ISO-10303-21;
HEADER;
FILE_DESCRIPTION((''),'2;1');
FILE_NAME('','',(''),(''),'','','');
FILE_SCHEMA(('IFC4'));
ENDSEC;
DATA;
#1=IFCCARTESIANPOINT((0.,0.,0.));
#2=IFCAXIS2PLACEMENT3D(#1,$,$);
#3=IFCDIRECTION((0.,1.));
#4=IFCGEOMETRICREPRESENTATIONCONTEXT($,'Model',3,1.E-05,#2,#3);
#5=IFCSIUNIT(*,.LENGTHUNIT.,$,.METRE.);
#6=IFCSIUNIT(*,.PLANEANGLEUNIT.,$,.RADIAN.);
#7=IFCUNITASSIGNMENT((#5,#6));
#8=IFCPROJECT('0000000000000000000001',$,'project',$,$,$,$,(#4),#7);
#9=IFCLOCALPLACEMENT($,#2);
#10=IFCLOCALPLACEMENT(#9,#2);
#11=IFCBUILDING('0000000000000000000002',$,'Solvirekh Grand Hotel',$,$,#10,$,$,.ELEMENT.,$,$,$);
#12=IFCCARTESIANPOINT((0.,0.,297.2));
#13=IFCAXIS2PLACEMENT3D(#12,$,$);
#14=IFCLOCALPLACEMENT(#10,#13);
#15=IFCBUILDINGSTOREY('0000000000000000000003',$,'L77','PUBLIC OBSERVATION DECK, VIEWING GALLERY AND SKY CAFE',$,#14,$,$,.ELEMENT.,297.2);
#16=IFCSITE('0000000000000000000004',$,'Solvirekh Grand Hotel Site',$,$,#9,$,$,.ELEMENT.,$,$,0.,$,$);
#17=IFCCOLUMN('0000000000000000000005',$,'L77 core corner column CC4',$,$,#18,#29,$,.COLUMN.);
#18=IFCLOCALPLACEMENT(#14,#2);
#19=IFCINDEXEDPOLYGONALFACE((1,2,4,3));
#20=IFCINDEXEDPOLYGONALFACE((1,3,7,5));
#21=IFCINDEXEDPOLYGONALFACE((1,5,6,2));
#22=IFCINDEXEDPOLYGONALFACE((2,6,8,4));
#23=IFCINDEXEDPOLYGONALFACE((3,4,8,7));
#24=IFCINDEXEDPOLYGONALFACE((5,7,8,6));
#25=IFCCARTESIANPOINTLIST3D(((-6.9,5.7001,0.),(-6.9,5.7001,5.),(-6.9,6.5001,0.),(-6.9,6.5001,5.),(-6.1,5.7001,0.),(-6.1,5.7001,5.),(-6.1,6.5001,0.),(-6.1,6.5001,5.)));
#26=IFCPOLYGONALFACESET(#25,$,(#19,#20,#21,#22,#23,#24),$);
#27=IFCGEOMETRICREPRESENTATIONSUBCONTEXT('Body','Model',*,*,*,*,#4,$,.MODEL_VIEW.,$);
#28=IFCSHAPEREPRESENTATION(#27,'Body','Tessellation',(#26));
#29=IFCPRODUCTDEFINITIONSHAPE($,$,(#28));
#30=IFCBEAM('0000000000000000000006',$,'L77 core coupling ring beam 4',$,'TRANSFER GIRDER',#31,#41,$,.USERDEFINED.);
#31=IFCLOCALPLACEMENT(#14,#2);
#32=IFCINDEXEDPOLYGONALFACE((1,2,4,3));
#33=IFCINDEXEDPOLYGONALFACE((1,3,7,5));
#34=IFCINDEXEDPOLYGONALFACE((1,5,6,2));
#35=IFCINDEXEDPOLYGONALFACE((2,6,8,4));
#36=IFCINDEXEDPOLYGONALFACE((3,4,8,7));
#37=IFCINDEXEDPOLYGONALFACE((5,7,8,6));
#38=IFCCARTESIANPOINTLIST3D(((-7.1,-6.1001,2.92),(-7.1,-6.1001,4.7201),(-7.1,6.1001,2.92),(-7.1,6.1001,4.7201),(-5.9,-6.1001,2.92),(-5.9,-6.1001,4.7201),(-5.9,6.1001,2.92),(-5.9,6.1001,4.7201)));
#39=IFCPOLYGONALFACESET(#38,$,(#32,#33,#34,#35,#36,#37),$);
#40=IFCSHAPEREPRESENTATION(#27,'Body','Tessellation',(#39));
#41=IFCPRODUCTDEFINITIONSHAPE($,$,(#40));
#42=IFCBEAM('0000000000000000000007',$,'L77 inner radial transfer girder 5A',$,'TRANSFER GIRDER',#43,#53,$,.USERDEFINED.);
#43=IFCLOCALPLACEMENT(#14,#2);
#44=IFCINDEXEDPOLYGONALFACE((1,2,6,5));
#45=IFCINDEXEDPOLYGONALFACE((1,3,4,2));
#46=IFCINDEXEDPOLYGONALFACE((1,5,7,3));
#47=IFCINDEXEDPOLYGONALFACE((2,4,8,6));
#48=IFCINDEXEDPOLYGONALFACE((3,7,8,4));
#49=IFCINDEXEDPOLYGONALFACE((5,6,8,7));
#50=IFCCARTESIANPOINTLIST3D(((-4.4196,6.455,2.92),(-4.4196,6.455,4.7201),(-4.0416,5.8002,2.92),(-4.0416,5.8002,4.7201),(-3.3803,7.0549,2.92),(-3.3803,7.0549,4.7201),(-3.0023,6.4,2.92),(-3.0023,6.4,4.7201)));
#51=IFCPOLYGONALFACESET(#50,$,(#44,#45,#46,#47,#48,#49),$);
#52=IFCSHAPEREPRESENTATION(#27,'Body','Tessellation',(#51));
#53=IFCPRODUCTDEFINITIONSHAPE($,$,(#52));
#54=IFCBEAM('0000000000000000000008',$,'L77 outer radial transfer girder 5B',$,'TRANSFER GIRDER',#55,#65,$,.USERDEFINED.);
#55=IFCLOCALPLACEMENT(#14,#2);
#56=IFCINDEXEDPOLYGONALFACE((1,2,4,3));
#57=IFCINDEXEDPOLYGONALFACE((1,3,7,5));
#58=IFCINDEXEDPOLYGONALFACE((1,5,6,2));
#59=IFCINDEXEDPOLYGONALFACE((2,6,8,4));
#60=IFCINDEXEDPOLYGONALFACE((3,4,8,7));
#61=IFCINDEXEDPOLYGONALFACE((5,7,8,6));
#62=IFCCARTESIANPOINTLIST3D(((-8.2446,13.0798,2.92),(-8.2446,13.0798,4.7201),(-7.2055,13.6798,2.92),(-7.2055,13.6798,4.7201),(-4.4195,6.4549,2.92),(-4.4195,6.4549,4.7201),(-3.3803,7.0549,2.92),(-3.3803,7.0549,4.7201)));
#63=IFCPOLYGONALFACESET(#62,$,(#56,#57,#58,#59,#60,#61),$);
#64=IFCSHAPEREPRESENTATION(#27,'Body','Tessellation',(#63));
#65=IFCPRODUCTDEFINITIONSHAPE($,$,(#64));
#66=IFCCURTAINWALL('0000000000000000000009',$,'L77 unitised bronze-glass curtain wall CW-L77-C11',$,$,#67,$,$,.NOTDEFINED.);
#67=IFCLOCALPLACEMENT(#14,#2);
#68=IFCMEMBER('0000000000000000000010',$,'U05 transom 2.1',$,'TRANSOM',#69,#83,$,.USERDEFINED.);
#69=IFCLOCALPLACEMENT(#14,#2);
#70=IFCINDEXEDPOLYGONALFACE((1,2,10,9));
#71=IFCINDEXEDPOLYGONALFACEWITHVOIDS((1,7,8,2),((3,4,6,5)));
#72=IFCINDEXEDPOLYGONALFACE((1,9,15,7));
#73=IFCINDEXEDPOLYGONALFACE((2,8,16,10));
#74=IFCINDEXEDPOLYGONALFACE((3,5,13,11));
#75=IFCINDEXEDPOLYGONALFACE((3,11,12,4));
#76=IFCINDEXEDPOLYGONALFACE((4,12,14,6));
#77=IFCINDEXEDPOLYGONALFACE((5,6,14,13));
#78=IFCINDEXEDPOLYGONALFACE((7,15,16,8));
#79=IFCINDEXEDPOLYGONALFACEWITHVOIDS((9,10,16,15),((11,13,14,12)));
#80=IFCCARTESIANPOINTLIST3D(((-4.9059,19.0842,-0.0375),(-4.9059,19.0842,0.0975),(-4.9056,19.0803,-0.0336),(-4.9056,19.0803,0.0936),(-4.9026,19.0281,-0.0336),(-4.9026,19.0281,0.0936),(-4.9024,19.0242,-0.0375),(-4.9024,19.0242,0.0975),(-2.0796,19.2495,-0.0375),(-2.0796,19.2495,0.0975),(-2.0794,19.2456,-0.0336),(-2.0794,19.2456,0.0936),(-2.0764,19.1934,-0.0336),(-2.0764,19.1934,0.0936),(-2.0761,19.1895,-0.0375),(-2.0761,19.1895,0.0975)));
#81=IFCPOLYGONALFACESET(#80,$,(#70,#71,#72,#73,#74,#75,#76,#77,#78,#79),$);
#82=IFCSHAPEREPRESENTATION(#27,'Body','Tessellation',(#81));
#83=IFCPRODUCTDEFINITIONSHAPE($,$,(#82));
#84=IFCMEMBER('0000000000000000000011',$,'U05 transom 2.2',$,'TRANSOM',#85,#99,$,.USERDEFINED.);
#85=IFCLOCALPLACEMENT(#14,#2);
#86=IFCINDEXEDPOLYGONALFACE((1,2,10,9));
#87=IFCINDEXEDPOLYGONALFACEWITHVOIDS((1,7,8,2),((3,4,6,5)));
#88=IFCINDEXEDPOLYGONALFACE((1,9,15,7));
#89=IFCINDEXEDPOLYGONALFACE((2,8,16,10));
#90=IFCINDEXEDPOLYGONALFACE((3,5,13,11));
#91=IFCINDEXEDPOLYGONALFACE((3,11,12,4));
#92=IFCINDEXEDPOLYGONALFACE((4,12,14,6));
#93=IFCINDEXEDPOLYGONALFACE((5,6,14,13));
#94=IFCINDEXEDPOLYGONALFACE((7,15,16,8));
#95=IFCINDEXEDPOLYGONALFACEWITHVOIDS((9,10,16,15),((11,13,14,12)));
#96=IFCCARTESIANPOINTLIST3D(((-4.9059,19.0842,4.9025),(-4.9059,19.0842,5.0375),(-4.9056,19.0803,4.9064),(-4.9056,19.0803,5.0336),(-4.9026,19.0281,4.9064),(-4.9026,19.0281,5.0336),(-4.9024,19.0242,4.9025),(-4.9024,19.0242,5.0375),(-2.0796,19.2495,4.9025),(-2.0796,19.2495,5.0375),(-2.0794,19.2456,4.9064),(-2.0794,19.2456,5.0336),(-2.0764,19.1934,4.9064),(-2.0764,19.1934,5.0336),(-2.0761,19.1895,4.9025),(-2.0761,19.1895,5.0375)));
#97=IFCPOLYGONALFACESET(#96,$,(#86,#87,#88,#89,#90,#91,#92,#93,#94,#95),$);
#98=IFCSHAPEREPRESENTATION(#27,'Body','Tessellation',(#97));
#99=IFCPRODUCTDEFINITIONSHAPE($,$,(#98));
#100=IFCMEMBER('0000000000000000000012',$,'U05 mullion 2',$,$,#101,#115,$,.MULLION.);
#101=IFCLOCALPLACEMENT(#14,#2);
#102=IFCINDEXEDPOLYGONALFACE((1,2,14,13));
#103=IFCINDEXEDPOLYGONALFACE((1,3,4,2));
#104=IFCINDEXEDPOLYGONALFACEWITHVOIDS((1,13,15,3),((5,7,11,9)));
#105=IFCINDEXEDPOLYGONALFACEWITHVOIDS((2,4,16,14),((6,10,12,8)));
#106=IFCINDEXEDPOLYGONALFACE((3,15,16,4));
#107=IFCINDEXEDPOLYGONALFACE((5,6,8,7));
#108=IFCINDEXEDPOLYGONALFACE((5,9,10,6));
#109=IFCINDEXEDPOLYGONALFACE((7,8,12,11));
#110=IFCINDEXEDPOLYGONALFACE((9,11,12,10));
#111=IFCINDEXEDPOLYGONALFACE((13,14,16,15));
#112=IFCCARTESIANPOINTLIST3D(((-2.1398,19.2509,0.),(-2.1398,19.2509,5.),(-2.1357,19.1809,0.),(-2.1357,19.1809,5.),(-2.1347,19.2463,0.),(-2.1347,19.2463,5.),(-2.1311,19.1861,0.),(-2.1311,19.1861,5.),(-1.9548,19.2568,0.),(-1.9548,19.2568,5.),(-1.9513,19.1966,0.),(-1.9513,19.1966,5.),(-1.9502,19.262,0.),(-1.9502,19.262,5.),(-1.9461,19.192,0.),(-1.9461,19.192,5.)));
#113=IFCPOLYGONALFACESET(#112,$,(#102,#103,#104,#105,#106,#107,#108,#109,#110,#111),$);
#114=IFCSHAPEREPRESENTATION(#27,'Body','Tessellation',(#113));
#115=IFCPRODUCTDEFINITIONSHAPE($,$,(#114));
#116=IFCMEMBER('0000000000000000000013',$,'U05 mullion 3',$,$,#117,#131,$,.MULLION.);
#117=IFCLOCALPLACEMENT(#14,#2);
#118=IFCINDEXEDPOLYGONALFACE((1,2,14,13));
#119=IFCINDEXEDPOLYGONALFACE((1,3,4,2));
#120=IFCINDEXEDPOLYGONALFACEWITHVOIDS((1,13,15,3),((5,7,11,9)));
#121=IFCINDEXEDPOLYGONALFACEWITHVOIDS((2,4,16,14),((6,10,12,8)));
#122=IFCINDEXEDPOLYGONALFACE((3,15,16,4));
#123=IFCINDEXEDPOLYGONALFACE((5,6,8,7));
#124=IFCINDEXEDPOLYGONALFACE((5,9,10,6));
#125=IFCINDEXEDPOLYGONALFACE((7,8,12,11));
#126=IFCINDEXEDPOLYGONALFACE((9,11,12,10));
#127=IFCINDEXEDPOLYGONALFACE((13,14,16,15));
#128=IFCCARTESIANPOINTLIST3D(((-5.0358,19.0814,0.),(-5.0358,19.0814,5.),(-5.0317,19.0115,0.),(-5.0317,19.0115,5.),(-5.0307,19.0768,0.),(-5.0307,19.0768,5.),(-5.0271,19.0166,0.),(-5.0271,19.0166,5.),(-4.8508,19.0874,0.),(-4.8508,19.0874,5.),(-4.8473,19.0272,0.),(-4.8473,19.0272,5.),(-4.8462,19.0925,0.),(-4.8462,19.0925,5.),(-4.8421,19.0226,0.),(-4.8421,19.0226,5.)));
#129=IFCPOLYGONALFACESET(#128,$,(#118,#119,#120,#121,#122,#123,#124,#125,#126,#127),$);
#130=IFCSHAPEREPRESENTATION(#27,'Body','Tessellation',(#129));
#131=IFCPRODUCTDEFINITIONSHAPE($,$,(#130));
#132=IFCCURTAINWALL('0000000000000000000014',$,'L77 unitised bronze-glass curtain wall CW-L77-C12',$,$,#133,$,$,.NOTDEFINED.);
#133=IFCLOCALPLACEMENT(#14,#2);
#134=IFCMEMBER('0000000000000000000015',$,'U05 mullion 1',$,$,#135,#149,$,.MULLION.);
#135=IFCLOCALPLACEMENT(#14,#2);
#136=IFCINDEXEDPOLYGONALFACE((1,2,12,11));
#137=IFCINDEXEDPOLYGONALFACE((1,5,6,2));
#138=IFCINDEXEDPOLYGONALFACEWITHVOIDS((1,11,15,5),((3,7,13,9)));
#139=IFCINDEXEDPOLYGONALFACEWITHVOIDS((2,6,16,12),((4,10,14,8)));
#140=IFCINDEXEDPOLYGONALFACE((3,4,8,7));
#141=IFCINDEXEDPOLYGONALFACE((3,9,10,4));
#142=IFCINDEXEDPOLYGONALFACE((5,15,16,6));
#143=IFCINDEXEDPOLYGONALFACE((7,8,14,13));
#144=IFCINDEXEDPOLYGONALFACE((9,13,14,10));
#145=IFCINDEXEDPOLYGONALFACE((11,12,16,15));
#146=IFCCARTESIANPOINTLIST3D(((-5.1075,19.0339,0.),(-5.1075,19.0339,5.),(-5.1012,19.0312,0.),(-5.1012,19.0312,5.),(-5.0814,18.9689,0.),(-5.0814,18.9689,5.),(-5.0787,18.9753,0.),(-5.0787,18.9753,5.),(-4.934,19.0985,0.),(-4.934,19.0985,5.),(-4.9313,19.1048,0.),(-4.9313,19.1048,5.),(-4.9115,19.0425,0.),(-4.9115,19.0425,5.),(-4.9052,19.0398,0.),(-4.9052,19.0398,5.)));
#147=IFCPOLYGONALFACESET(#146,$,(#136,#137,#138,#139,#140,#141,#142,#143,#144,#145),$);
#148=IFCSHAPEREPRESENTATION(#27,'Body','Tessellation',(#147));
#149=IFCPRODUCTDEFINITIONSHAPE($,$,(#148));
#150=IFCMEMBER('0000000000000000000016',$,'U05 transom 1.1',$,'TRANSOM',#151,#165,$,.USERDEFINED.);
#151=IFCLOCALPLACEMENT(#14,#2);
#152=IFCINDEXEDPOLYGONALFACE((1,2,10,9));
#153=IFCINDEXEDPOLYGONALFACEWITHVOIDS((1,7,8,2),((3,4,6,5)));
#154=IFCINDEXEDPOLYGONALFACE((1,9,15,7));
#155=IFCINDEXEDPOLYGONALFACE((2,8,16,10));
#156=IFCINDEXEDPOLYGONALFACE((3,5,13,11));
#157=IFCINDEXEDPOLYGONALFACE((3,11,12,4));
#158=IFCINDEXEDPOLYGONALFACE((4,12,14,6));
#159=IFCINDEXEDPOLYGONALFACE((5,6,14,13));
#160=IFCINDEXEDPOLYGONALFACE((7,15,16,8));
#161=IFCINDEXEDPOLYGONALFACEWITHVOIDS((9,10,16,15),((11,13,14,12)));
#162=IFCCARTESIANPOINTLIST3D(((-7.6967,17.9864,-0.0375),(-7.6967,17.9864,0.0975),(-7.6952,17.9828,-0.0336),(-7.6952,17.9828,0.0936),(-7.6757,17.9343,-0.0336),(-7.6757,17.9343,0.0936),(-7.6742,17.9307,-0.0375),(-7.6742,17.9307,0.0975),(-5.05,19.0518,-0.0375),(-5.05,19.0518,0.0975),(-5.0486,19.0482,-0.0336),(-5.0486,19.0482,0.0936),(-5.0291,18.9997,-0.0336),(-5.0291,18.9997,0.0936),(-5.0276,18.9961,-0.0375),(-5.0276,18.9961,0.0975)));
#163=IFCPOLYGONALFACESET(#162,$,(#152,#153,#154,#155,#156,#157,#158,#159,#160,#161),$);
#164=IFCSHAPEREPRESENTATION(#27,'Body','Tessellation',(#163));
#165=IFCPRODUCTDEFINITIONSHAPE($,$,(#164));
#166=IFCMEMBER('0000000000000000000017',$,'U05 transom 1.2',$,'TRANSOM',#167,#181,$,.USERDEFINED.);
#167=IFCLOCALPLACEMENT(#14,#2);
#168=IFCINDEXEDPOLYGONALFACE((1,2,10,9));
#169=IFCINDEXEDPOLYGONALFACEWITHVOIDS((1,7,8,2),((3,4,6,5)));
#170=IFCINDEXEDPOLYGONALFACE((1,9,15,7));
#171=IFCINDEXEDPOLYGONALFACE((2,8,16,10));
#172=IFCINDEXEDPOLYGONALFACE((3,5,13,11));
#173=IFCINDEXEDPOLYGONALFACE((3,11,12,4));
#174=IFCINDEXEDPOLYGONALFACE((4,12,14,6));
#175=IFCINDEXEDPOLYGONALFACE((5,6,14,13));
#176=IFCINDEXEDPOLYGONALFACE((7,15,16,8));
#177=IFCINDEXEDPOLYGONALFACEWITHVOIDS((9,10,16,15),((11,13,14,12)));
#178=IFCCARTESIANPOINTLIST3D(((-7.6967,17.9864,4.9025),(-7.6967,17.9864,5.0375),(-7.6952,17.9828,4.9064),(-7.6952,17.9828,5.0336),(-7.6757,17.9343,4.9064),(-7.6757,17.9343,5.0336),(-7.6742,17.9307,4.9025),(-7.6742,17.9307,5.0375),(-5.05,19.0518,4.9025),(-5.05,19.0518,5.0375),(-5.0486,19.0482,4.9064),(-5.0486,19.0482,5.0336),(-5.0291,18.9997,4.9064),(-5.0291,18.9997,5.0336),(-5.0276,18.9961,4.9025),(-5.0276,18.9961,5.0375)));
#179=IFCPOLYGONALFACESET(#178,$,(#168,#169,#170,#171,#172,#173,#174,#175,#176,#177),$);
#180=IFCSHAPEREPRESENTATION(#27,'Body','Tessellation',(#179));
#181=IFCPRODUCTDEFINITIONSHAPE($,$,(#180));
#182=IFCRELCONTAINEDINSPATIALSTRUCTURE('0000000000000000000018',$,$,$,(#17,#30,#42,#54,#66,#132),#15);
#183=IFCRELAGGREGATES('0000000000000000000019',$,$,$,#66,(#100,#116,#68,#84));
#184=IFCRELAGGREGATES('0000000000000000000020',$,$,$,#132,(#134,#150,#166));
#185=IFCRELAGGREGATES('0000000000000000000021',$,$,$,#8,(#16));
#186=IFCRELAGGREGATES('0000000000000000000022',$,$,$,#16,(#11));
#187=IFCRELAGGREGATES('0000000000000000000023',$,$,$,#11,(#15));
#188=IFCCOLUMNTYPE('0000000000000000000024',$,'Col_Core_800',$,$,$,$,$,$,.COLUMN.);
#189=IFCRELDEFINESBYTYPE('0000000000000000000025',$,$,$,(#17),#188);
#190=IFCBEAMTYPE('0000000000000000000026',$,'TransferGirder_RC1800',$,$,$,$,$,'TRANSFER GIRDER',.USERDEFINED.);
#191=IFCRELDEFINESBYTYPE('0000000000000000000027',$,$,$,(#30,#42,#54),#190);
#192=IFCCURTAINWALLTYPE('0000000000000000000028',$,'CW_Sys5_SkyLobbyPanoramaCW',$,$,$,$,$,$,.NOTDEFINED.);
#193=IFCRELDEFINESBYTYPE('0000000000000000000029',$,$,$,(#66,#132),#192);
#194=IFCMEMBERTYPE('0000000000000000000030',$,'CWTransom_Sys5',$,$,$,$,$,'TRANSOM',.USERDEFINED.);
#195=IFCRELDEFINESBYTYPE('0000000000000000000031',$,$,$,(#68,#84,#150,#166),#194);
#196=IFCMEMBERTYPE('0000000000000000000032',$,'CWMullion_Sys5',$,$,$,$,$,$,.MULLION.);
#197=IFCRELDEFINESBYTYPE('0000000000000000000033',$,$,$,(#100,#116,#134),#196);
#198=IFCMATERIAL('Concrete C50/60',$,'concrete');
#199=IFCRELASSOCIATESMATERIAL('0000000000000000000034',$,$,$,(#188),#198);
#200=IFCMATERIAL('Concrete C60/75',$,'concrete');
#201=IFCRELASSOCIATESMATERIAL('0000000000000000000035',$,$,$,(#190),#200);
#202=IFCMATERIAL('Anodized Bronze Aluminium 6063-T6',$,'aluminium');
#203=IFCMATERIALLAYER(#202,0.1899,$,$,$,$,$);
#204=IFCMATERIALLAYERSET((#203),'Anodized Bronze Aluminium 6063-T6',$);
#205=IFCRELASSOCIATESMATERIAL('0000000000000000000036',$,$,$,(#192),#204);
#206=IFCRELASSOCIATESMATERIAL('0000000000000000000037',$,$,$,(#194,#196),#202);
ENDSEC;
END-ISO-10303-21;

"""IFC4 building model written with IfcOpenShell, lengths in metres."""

from ifc_helpers import new_model, si_unit, direction, frame, origin, origin_2d, place, context, subcontext, project, spatial, rectangle, hollow_rectangle, extrude, source, transform, mapped, material, layer, layer_set, material_profile, profile_set, type_object, element, aggregate, save


model = new_model("IFC4")

# Units and contexts
model_context = context("Model", 3, precision=1e-05, world=origin(), true_north=direction((0.0, 1.0)))
body_context = subcontext(model_context, "Body", "Model", "MODEL_VIEW")
ifc_project = project(units=[si_unit("LENGTHUNIT", "METRE"), si_unit("PLANEANGLEUNIT", "RADIAN")], contexts=[model_context])

# Site, building, storey
site_placement = place(None, origin())
site = spatial("IfcSite", under=ifc_project, at=site_placement, Name="Solvirekh Grand Hotel Site", CompositionType="ELEMENT", RefElevation=0.0)
building_placement = place(site_placement, origin())
building = spatial("IfcBuilding", under=site, at=building_placement, Name="Solvirekh Grand Hotel", CompositionType="ELEMENT")
storey_placement = place(building_placement, frame((0.0, 0.0, 297.2)))
storey = spatial("IfcBuildingStorey", under=building, at=storey_placement, Name="L77", Description="PUBLIC OBSERVATION DECK, VIEWING GALLERY AND SKY CAFE", CompositionType="ELEMENT", Elevation=297.2)

# Column
ifc_material_1 = material(Name="Concrete C50/60", Category="concrete")
ifc_material_profile_1 = material_profile(ifc_material_1, rectangle(XDim=0.8, YDim=0.8, at=origin_2d()), Name="RC 800X800")
ifc_profile_set_1 = profile_set([ifc_material_profile_1], Name="Concrete C50/60")
column_type = type_object("IfcColumnType", Name="Col_Core_800", PredefinedType="COLUMN", material=ifc_profile_set_1)
column_placement = place(storey_placement, frame((-6.5, 6.1001, 0.0), z_axis=(0.0, 0.0, 1.0), x_axis=(1.0, 0.0, 0.0)))
element("IfcColumn", 1, at=column_placement, inside=storey, type_object=column_type, Name="L77 core corner column CC4", PredefinedType="COLUMN", context=body_context, shape_type="SweptSolid", body=[
    extrude(rectangle(XDim=0.8, YDim=0.8, at=origin_2d()), origin(), (0.0, 0.0, 1.0), 5.0),
])

# Beams
ifc_material_2 = material(Name="Concrete C60/75", Category="concrete")
ifc_material_profile_2 = material_profile(ifc_material_2, rectangle(XDim=1.2, YDim=1.8, at=origin_2d()), Name="RC GIRDER 1200X1800")
ifc_profile_set_2 = profile_set([ifc_material_profile_2], Name="Concrete C60/75")
beam_type = type_object("IfcBeamType", Name="TransferGirder_RC1800", ElementType="TRANSFER GIRDER", PredefinedType="USERDEFINED", material=ifc_profile_set_2)
beam_1_placement = place(storey_placement, frame((-6.5, 6.1001, 3.8201), z_axis=(0.0, -1.0, 0.0), x_axis=(1.0, 0.0, 0.0)))
element("IfcBeam", 2, at=beam_1_placement, inside=storey, type_object=beam_type, Name="L77 core coupling ring beam 4", ObjectType="TRANSFER GIRDER", PredefinedType="USERDEFINED", context=body_context, shape_type="SweptSolid", body=[
    extrude(rectangle(XDim=1.2, YDim=1.8, at=origin_2d()), origin(), (0.0, 0.0, 1.0), 12.2002),
])
beam_2_placement = place(storey_placement, frame((-3.522, 6.1001, 3.8201), z_axis=(-0.49989, 0.866089, 0.0), x_axis=(-0.866089, -0.49989, 0.0)))
element("IfcBeam", 3, at=beam_2_placement, inside=storey, type_object=beam_type, Name="L77 inner radial transfer girder 5A", ObjectType="TRANSFER GIRDER", PredefinedType="USERDEFINED", context=body_context, shape_type="SweptSolid", body=[
    extrude(rectangle(XDim=1.2, YDim=1.8, at=origin_2d()), origin(), (0.0, 0.0, 1.0), 0.7561),
])
beam_3_placement = place(storey_placement, frame((-3.8999, 6.7549, 3.8201), z_axis=(-0.500024, 0.866011, 0.0), x_axis=(-0.866011, -0.500024, 0.0)))
element("IfcBeam", 4, at=beam_3_placement, inside=storey, type_object=beam_type, Name="L77 outer radial transfer girder 5B", ObjectType="TRANSFER GIRDER", PredefinedType="USERDEFINED", context=body_context, shape_type="SweptSolid", body=[
    extrude(rectangle(XDim=1.2, YDim=1.8, at=origin_2d()), origin(), (0.0, 0.0, 1.0), 7.6499),
])

# Curtain walls, members
ifc_material_3 = material(Name="Anodized Bronze Aluminium 6063-T6", Category="aluminium")
ifc_layer_1 = layer(ifc_material_3, 0.1899)
ifc_layer_set_1 = layer_set([ifc_layer_1], Name="Anodized Bronze Aluminium 6063-T6")
curtain_wall_type = type_object("IfcCurtainWallType", Name="CW_Sys5_SkyLobbyPanoramaCW", PredefinedType="NOTDEFINED", material=ifc_layer_set_1)
curtain_wall_1_placement = place(storey_placement, origin())
curtain_wall_1 = element("IfcCurtainWall", 5, at=curtain_wall_1_placement, inside=storey, type_object=curtain_wall_type, Name="L77 unitised bronze-glass curtain wall CW-L77-C11", PredefinedType="NOTDEFINED")
ifc_material_profile_3 = material_profile(ifc_material_3, hollow_rectangle(XDim=0.0601, YDim=0.135, WallThickness=0.0039, at=origin_2d()), Name="ALU RHS 135X60X4")
ifc_profile_set_3 = profile_set([ifc_material_profile_3], Name="Anodized Bronze Aluminium 6063-T6")
member_type_1 = type_object("IfcMemberType", Name="CWTransom_Sys5", ElementType="TRANSOM", PredefinedType="USERDEFINED", material=ifc_profile_set_3)
shared_shape_1 = source(origin(), body_context, "Body", "SweptSolid", [
    extrude(hollow_rectangle(XDim=0.0601, YDim=0.135, WallThickness=0.0039, at=origin_2d()), origin(), (0.0, 0.0, 1.0), 2.8311),
])
member_1_placement = place(storey_placement, frame((-2.0779, 19.2195, 0.03), z_axis=(-0.998294, -0.058383, 0.0), x_axis=(0.058383, -0.998294, 0.0)))
member_1 = element("IfcMember", 6, at=member_1_placement, type_object=member_type_1, Name="U05 transom 2.1", ObjectType="TRANSOM", PredefinedType="USERDEFINED", context=body_context, shape_type="MappedRepresentation", body=[
    mapped(shared_shape_1, transform((0.0, 0.0, 0.0), x_axis=(1.0, 0.0, 0.0), y_axis=(0.0, 1.0, 0.0), z_axis=(0.0, 0.0, 1.0), scale=1.0)),
])
member_2_placement = place(storey_placement, frame((-2.0779, 19.2195, 4.97), z_axis=(-0.998294, -0.058383, 0.0), x_axis=(0.058383, -0.998294, 0.0)))
member_2 = element("IfcMember", 7, at=member_2_placement, type_object=member_type_1, Name="U05 transom 2.2", ObjectType="TRANSOM", PredefinedType="USERDEFINED", context=body_context, shape_type="MappedRepresentation", body=[
    mapped(shared_shape_1, transform((0.0, 0.0, 0.0), x_axis=(1.0, 0.0, 0.0), y_axis=(0.0, 1.0, 0.0), z_axis=(0.0, 0.0, 1.0), scale=1.0)),
])
ifc_material_profile_4 = material_profile(ifc_material_3, hollow_rectangle(XDim=0.0701, YDim=0.1899, WallThickness=0.0049, at=origin_2d()), Name="ALU RHS 190X70X5")
ifc_profile_set_4 = profile_set([ifc_material_profile_4], Name="Anodized Bronze Aluminium 6063-T6")
member_type_2 = type_object("IfcMemberType", Name="CWMullion_Sys5", PredefinedType="MULLION", material=ifc_profile_set_4)
shared_shape_2 = source(origin(), body_context, "Body", "SweptSolid", [
    extrude(hollow_rectangle(XDim=0.0701, YDim=0.1899, WallThickness=0.0049, at=origin_2d()), origin(), (0.0, 0.0, 1.0), 5.0),
])
member_3_placement = place(storey_placement, frame((-2.043, 19.2214, 0.0), z_axis=(0.0, 0.0, 1.0), x_axis=(0.058413, -0.998293, 0.0)))
member_3 = element("IfcMember", 8, at=member_3_placement, type_object=member_type_2, Name="U05 mullion 2", PredefinedType="MULLION", context=body_context, shape_type="MappedRepresentation", body=[
    mapped(shared_shape_2, transform((0.0, 0.0, 0.0), x_axis=(1.0, 0.0, 0.0), y_axis=(0.0, 1.0, 0.0), z_axis=(0.0, 0.0, 1.0), scale=1.0)),
])
member_4_placement = place(storey_placement, frame((-4.939, 19.052, 0.0), z_axis=(0.0, 0.0, 1.0), x_axis=(0.058413, -0.998293, 0.0)))
member_4 = element("IfcMember", 9, at=member_4_placement, type_object=member_type_2, Name="U05 mullion 3", PredefinedType="MULLION", context=body_context, shape_type="MappedRepresentation", body=[
    mapped(shared_shape_2, transform((0.0, 0.0, 0.0), x_axis=(1.0, 0.0, 0.0), y_axis=(0.0, 1.0, 0.0), z_axis=(0.0, 0.0, 1.0), scale=1.0)),
])
curtain_wall_2_placement = place(storey_placement, origin())
curtain_wall_2 = element("IfcCurtainWall", 10, at=curtain_wall_2_placement, inside=storey, type_object=curtain_wall_type, Name="L77 unitised bronze-glass curtain wall CW-L77-C12", PredefinedType="NOTDEFINED")
member_5_placement = place(storey_placement, frame((-5.0063, 19.0369, 0.0), z_axis=(0.0, 0.0, 1.0), x_axis=(0.373401, -0.92767, 0.0)))
member_5 = element("IfcMember", 11, at=member_5_placement, type_object=member_type_2, Name="U05 mullion 1", PredefinedType="MULLION", context=body_context, shape_type="MappedRepresentation", body=[
    mapped(shared_shape_2, transform((0.0, 0.0, 0.0), x_axis=(1.0, 0.0, 0.0), y_axis=(0.0, 1.0, 0.0), z_axis=(0.0, 0.0, 1.0), scale=1.0)),
])
shared_shape_3 = source(origin(), body_context, "Body", "SweptSolid", [
    extrude(hollow_rectangle(XDim=0.0601, YDim=0.135, WallThickness=0.0039, at=origin_2d()), origin(), (0.0, 0.0, 1.0), 2.853),
])
member_6_placement = place(storey_placement, frame((-5.0388, 19.0239, 0.03), z_axis=(-0.92766, -0.373426, 0.0), x_axis=(0.373426, -0.92766, 0.0)))
member_6 = element("IfcMember", 12, at=member_6_placement, type_object=member_type_1, Name="U05 transom 1.1", ObjectType="TRANSOM", PredefinedType="USERDEFINED", context=body_context, shape_type="MappedRepresentation", body=[
    mapped(shared_shape_3, transform((0.0, 0.0, 0.0), x_axis=(1.0, 0.0, 0.0), y_axis=(0.0, 1.0, 0.0), z_axis=(0.0, 0.0, 1.0), scale=1.0)),
])
member_7_placement = place(storey_placement, frame((-5.0388, 19.0239, 4.97), z_axis=(-0.92766, -0.373426, 0.0), x_axis=(0.373426, -0.92766, 0.0)))
member_7 = element("IfcMember", 13, at=member_7_placement, type_object=member_type_1, Name="U05 transom 1.2", ObjectType="TRANSOM", PredefinedType="USERDEFINED", context=body_context, shape_type="MappedRepresentation", body=[
    mapped(shared_shape_3, transform((0.0, 0.0, 0.0), x_axis=(1.0, 0.0, 0.0), y_axis=(0.0, 1.0, 0.0), z_axis=(0.0, 0.0, 1.0), scale=1.0)),
])

aggregate(curtain_wall_1, [member_3, member_4, member_1, member_2])
aggregate(curtain_wall_2, [member_5, member_6, member_7])

save(model, "model.ifc")
